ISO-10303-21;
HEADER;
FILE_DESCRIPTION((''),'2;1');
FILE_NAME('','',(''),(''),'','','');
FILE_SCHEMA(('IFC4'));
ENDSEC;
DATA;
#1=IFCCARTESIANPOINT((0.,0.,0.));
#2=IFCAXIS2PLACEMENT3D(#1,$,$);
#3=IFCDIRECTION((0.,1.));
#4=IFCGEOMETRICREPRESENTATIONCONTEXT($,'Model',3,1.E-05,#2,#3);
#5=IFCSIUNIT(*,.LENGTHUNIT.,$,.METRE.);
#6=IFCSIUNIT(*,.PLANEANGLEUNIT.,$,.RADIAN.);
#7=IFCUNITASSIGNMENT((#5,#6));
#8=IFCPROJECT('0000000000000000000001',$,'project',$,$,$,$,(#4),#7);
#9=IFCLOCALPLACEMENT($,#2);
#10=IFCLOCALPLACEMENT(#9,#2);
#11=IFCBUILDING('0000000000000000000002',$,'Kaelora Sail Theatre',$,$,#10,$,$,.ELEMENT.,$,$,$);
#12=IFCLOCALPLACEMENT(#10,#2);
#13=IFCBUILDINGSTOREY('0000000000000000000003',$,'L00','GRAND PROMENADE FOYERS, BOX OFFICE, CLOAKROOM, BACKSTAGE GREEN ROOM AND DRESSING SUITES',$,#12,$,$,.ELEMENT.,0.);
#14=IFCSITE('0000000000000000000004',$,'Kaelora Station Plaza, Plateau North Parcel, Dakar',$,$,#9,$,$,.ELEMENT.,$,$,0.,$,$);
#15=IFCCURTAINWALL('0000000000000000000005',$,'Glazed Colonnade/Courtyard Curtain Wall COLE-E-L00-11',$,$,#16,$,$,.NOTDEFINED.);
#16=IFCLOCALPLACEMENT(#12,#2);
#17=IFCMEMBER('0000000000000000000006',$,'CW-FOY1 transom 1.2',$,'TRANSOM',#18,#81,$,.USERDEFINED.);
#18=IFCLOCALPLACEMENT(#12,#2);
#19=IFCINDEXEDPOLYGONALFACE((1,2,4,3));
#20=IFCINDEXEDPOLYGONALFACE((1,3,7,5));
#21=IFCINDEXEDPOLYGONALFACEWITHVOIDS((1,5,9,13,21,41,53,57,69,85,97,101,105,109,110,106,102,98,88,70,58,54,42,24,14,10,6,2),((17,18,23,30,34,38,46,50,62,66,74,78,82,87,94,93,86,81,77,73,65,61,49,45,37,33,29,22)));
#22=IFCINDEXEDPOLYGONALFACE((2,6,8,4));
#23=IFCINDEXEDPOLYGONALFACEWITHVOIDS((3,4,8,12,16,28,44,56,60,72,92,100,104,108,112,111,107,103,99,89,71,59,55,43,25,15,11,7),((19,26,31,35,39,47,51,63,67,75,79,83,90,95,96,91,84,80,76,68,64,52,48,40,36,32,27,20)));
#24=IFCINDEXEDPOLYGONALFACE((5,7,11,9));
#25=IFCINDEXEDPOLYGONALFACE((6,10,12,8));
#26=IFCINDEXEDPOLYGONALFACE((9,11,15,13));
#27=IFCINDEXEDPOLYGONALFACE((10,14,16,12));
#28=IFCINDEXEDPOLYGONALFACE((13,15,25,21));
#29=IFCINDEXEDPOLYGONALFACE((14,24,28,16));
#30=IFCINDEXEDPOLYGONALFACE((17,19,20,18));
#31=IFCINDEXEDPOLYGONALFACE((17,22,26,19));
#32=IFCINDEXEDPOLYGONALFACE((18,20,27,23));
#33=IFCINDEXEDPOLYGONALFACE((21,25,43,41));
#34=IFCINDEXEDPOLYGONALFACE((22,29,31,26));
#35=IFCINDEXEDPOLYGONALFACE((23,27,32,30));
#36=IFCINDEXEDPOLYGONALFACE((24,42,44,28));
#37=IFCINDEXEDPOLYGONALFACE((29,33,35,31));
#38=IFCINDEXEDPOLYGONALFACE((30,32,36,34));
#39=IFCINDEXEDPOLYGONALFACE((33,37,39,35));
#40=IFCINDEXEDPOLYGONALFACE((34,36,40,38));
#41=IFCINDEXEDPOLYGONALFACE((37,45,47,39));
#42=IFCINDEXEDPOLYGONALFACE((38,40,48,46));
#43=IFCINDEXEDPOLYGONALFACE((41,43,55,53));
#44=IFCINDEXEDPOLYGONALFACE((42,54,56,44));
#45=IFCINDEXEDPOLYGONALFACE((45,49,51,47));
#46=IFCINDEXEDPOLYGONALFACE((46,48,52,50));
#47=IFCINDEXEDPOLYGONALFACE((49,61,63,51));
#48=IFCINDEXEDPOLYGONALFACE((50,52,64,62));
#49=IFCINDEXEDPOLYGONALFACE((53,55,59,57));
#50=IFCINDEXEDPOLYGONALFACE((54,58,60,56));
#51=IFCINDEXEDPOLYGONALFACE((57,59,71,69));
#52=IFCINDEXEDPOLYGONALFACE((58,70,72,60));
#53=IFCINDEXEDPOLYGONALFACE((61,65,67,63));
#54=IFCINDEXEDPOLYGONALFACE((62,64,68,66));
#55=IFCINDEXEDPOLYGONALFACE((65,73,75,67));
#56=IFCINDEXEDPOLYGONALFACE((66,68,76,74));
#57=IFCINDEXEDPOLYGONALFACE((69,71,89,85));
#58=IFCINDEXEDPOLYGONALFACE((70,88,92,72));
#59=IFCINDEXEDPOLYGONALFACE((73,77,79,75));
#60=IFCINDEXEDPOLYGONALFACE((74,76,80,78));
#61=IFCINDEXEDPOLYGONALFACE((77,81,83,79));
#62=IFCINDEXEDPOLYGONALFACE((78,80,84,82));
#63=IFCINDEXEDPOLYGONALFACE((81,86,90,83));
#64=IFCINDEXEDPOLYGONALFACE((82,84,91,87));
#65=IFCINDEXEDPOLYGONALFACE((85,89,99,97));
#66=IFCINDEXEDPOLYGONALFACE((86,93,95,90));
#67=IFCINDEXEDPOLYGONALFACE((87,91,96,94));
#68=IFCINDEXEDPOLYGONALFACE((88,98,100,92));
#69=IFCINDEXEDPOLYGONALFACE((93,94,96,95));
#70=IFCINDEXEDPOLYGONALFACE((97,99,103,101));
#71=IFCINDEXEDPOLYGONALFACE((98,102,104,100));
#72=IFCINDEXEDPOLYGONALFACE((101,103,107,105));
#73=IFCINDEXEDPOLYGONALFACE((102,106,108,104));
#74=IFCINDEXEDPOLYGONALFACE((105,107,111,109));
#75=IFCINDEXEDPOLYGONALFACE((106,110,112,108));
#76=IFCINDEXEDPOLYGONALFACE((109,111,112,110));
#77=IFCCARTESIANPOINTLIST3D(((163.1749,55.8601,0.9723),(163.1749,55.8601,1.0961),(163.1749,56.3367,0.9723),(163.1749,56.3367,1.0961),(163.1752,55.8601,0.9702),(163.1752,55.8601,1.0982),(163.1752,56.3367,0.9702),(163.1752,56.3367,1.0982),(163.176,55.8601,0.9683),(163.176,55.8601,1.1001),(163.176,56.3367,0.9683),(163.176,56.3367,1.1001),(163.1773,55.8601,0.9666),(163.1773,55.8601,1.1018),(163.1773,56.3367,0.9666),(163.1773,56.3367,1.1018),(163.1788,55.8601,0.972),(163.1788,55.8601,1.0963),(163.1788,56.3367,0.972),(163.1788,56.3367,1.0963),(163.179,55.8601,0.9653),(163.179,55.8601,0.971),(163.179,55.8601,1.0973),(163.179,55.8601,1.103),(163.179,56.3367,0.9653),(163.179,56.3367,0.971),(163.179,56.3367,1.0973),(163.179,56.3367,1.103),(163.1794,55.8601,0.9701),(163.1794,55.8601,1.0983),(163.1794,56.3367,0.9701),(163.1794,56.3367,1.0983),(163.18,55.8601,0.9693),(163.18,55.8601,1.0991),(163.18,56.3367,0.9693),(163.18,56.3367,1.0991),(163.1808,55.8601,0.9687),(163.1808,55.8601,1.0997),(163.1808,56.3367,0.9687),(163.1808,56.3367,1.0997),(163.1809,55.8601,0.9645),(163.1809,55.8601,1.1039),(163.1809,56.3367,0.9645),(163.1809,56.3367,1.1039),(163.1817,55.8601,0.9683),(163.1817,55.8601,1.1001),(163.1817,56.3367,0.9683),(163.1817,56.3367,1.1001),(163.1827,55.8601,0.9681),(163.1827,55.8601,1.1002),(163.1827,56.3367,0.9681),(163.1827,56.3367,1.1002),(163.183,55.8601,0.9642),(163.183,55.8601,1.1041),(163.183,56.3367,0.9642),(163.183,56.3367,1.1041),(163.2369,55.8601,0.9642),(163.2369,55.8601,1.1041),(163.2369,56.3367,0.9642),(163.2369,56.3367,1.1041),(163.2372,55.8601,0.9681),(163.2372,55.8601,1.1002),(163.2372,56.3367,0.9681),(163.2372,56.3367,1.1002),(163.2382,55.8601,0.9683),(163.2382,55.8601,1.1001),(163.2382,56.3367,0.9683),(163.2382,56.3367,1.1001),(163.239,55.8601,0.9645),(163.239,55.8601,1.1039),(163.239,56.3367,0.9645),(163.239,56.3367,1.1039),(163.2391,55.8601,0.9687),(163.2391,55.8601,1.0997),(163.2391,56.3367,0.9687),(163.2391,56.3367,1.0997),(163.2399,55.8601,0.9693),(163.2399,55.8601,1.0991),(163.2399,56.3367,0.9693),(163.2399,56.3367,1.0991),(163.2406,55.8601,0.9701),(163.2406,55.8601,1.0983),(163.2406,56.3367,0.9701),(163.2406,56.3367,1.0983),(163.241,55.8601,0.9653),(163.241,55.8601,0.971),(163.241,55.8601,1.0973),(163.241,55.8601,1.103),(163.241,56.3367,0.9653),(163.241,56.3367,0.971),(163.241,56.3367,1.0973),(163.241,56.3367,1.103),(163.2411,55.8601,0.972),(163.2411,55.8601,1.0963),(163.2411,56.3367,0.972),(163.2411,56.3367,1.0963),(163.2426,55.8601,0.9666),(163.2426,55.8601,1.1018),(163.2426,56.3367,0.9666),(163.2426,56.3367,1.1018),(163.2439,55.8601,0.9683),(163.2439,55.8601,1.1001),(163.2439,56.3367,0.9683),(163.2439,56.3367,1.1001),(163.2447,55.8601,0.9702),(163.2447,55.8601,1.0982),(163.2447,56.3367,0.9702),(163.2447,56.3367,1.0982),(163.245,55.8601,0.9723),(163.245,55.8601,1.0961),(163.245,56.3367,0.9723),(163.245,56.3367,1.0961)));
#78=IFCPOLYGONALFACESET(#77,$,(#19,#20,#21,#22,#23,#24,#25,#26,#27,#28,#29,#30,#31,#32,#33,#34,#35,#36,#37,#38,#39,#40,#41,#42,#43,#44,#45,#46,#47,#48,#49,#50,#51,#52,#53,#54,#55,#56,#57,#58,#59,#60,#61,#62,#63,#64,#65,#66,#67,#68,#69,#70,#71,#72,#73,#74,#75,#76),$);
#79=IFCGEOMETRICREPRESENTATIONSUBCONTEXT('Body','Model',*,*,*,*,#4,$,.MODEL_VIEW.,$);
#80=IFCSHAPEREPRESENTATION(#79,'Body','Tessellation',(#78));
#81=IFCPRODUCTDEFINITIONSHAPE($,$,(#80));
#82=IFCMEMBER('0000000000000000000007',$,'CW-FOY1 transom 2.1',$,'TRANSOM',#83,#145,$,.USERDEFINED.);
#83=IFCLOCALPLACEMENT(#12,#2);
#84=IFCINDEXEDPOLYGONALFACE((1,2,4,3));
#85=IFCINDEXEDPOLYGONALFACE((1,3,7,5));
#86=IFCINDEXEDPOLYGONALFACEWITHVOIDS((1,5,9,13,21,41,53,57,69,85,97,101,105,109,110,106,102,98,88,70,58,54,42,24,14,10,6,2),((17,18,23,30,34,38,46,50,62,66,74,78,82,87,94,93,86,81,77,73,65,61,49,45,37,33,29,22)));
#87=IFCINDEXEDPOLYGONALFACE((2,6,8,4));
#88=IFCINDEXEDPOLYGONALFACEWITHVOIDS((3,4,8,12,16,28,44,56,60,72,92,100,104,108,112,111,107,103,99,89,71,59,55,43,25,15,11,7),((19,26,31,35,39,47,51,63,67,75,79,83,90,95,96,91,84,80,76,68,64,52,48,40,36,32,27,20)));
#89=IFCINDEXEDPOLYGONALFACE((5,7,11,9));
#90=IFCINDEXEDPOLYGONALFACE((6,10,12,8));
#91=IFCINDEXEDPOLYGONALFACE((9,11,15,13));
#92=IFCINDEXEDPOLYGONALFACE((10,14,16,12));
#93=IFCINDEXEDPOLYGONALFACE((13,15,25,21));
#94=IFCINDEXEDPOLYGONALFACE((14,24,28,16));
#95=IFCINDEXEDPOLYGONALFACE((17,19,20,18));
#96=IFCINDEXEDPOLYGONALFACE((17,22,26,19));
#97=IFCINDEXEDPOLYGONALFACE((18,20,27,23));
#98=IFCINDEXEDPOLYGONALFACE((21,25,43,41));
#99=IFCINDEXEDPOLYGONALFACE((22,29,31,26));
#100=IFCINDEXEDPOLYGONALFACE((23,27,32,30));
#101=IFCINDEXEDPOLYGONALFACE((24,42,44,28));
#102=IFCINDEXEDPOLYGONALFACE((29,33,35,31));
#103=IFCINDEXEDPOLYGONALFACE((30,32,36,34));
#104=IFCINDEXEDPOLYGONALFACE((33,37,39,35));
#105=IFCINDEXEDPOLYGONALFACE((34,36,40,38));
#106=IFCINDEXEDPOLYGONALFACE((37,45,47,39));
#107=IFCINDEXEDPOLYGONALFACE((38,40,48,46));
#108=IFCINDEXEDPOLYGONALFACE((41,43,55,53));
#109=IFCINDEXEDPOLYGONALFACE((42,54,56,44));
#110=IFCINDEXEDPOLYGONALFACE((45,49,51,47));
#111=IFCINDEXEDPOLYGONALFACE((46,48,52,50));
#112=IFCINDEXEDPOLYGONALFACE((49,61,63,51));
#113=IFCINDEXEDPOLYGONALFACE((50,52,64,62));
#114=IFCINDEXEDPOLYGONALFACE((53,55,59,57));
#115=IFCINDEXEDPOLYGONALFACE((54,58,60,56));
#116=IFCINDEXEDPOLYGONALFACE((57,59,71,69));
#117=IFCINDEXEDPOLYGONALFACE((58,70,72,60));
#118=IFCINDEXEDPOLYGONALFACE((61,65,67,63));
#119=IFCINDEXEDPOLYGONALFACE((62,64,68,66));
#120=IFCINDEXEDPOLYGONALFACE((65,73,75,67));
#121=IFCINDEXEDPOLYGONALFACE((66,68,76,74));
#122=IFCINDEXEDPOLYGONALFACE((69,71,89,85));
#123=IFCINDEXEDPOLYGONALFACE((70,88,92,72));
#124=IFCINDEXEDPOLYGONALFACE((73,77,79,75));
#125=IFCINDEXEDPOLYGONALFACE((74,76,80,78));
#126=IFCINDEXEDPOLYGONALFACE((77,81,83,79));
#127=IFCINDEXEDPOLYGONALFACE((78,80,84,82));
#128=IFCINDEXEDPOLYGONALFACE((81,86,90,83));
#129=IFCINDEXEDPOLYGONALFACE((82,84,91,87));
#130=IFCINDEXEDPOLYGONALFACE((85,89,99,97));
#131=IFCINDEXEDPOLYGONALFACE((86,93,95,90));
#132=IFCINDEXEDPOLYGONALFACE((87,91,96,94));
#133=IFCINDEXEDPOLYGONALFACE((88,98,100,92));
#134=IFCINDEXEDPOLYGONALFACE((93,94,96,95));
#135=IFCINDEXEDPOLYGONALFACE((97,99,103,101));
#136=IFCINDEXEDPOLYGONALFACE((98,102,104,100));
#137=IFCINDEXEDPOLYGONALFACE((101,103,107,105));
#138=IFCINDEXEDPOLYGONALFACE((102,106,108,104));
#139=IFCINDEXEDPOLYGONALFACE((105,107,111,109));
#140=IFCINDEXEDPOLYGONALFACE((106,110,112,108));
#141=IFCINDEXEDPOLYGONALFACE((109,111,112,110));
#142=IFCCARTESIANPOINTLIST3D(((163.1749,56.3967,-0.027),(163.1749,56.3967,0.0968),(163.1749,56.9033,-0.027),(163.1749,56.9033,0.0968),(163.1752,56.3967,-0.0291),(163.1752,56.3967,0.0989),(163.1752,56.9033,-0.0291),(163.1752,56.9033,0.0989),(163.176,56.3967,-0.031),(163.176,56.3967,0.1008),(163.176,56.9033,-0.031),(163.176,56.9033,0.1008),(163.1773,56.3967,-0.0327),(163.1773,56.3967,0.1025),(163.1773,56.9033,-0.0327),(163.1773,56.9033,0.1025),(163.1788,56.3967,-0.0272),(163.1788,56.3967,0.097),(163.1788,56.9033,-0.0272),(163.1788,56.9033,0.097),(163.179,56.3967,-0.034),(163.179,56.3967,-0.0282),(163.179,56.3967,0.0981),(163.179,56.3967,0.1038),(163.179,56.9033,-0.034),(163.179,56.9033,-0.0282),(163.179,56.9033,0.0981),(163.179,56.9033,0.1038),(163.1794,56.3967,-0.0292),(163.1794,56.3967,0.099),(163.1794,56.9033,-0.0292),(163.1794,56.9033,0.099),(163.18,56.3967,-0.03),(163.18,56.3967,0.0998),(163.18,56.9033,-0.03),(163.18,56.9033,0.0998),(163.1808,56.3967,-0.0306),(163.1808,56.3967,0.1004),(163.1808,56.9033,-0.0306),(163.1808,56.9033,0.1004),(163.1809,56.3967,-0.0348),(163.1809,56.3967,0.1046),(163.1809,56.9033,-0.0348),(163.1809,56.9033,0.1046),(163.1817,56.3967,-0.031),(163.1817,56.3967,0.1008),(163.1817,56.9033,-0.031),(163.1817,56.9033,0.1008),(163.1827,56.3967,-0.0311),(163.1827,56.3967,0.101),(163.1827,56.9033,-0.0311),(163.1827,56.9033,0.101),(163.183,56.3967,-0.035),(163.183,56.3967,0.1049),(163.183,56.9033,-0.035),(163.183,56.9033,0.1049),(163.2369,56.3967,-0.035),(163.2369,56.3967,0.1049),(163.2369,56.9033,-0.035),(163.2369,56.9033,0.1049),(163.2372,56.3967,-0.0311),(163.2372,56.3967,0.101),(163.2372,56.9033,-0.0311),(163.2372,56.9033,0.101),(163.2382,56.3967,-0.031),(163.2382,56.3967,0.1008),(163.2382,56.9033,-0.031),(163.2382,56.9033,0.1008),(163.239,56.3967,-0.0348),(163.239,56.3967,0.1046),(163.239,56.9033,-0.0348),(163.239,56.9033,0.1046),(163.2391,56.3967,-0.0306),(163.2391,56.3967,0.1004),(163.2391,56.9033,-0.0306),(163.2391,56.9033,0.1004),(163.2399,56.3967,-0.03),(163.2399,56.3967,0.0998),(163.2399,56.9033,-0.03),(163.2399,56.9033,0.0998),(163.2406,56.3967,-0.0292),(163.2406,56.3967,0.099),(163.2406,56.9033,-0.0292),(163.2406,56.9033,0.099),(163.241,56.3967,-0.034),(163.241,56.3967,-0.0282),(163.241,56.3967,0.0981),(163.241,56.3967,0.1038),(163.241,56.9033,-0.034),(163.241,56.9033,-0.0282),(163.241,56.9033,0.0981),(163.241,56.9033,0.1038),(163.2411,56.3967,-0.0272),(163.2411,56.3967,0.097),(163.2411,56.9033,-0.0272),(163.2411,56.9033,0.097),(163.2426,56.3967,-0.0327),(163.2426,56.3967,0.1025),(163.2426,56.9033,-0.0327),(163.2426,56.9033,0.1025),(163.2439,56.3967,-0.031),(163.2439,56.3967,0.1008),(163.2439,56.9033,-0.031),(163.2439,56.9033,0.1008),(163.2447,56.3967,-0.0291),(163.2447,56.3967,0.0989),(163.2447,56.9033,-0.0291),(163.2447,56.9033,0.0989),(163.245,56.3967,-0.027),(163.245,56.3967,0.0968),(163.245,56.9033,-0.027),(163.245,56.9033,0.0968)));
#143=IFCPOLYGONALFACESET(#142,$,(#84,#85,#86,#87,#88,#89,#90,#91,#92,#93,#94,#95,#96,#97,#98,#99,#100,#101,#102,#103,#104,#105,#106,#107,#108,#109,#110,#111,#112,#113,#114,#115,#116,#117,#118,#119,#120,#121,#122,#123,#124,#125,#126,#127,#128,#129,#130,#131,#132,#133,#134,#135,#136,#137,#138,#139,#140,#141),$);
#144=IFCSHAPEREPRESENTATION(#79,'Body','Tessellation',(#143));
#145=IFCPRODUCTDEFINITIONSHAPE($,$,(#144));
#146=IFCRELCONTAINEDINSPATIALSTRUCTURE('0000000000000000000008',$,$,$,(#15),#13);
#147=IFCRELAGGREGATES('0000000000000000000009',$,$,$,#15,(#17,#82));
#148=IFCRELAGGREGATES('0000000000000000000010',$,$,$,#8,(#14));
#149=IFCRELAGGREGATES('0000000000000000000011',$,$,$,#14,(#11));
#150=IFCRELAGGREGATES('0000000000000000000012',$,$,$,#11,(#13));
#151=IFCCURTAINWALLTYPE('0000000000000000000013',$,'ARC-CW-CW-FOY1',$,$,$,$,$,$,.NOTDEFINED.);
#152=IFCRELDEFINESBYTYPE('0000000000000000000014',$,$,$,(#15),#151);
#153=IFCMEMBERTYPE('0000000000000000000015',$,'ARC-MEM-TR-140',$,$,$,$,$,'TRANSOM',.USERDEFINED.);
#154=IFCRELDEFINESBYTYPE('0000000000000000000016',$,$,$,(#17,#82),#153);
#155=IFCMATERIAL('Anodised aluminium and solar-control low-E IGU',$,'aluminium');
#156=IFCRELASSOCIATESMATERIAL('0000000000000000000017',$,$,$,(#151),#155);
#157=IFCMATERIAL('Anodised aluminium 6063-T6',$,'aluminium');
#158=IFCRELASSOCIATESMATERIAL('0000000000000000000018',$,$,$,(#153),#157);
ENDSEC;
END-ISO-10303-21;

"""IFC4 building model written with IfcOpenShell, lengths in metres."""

from ifc_helpers import new_model, si_unit, direction, frame, origin, origin_2d, place, context, subcontext, project, spatial, hollow_rectangle, extrude, material, material_profile, profile_set, type_object, element, aggregate, save


model = new_model("IFC4")

# Units and contexts
model_context = context("Model", 3, precision=1e-05, world=origin(), true_north=direction((0.0, 1.0)))
body_context = subcontext(model_context, "Body", "Model", "MODEL_VIEW")
ifc_project = project(units=[si_unit("LENGTHUNIT", "METRE"), si_unit("PLANEANGLEUNIT", "RADIAN")], contexts=[model_context])

# Site, building, storey
site_placement = place(None, origin())
site = spatial("IfcSite", under=ifc_project, at=site_placement, Name="Kaelora Station Plaza, Plateau North Parcel, Dakar", CompositionType="ELEMENT", RefElevation=0.0)
building_placement = place(site_placement, origin())
building = spatial("IfcBuilding", under=site, at=building_placement, Name="Kaelora Sail Theatre", CompositionType="ELEMENT")
storey_placement = place(building_placement, origin())
storey = spatial("IfcBuildingStorey", under=building, at=storey_placement, Name="L00", Description="GRAND PROMENADE FOYERS, BOX OFFICE, CLOAKROOM, BACKSTAGE GREEN ROOM AND DRESSING SUITES", CompositionType="ELEMENT", Elevation=0.0)

# Curtain wall
ifc_material_1 = material(Name="Anodised aluminium and solar-control low-E IGU", Category="aluminium")
curtain_wall_type = type_object("IfcCurtainWallType", Name="ARC-CW-CW-FOY1", PredefinedType="NOTDEFINED", material=ifc_material_1)
curtain_wall_1_placement = place(storey_placement, origin())
curtain_wall_1 = element("IfcCurtainWall", 1, at=curtain_wall_1_placement, inside=storey, type_object=curtain_wall_type, Name="Glazed Colonnade/Courtyard Curtain Wall COLE-E-L00-11", PredefinedType="NOTDEFINED")

# Members
ifc_material_2 = material(Name="Anodised aluminium 6063-T6", Category="aluminium")
ifc_material_profile_1 = material_profile(ifc_material_2, hollow_rectangle(XDim=0.0701, YDim=0.1399, WallThickness=0.0039, InnerFilletRadius=0.0039, OuterFilletRadius=0.0081, at=origin_2d()), Name="ALU-TRAN 70x140x4")
ifc_profile_set_1 = profile_set([ifc_material_profile_1], Name="Anodised aluminium 6063-T6")
member_type_1 = type_object("IfcMemberType", Name="ARC-MEM-TR-140", ElementType="TRANSOM", PredefinedType="USERDEFINED", material=ifc_profile_set_1)
member_1_placement = place(storey_placement, frame((163.21, 55.8601, 1.0342), z_axis=(0.0, 1.0, 0.0), x_axis=(-1.0, 0.0, 0.0)))
member_1 = element("IfcMember", 2, at=member_1_placement, type_object=member_type_1, Name="CW-FOY1 transom 1.2", ObjectType="TRANSOM", PredefinedType="USERDEFINED", context=body_context, shape_type="SweptSolid", body=[
    extrude(hollow_rectangle(XDim=0.0701, YDim=0.1399, WallThickness=0.0039, InnerFilletRadius=0.0039, OuterFilletRadius=0.0081, at=origin_2d()), origin(), (0.0, 0.0, 1.0), 0.4766),
])
member_2_placement = place(storey_placement, frame((163.21, 56.3967, 0.0349), z_axis=(0.0, 1.0, 0.0), x_axis=(-1.0, 0.0, 0.0)))
member_2 = element("IfcMember", 3, at=member_2_placement, type_object=member_type_1, Name="CW-FOY1 transom 2.1", ObjectType="TRANSOM", PredefinedType="USERDEFINED", context=body_context, shape_type="SweptSolid", body=[
    extrude(hollow_rectangle(XDim=0.0701, YDim=0.1399, WallThickness=0.0039, InnerFilletRadius=0.0039, OuterFilletRadius=0.0081, at=origin_2d()), origin(), (0.0, 0.0, 1.0), 0.5066),
])

aggregate(curtain_wall_1, [member_1, member_2])

save(model, "model.ifc")
